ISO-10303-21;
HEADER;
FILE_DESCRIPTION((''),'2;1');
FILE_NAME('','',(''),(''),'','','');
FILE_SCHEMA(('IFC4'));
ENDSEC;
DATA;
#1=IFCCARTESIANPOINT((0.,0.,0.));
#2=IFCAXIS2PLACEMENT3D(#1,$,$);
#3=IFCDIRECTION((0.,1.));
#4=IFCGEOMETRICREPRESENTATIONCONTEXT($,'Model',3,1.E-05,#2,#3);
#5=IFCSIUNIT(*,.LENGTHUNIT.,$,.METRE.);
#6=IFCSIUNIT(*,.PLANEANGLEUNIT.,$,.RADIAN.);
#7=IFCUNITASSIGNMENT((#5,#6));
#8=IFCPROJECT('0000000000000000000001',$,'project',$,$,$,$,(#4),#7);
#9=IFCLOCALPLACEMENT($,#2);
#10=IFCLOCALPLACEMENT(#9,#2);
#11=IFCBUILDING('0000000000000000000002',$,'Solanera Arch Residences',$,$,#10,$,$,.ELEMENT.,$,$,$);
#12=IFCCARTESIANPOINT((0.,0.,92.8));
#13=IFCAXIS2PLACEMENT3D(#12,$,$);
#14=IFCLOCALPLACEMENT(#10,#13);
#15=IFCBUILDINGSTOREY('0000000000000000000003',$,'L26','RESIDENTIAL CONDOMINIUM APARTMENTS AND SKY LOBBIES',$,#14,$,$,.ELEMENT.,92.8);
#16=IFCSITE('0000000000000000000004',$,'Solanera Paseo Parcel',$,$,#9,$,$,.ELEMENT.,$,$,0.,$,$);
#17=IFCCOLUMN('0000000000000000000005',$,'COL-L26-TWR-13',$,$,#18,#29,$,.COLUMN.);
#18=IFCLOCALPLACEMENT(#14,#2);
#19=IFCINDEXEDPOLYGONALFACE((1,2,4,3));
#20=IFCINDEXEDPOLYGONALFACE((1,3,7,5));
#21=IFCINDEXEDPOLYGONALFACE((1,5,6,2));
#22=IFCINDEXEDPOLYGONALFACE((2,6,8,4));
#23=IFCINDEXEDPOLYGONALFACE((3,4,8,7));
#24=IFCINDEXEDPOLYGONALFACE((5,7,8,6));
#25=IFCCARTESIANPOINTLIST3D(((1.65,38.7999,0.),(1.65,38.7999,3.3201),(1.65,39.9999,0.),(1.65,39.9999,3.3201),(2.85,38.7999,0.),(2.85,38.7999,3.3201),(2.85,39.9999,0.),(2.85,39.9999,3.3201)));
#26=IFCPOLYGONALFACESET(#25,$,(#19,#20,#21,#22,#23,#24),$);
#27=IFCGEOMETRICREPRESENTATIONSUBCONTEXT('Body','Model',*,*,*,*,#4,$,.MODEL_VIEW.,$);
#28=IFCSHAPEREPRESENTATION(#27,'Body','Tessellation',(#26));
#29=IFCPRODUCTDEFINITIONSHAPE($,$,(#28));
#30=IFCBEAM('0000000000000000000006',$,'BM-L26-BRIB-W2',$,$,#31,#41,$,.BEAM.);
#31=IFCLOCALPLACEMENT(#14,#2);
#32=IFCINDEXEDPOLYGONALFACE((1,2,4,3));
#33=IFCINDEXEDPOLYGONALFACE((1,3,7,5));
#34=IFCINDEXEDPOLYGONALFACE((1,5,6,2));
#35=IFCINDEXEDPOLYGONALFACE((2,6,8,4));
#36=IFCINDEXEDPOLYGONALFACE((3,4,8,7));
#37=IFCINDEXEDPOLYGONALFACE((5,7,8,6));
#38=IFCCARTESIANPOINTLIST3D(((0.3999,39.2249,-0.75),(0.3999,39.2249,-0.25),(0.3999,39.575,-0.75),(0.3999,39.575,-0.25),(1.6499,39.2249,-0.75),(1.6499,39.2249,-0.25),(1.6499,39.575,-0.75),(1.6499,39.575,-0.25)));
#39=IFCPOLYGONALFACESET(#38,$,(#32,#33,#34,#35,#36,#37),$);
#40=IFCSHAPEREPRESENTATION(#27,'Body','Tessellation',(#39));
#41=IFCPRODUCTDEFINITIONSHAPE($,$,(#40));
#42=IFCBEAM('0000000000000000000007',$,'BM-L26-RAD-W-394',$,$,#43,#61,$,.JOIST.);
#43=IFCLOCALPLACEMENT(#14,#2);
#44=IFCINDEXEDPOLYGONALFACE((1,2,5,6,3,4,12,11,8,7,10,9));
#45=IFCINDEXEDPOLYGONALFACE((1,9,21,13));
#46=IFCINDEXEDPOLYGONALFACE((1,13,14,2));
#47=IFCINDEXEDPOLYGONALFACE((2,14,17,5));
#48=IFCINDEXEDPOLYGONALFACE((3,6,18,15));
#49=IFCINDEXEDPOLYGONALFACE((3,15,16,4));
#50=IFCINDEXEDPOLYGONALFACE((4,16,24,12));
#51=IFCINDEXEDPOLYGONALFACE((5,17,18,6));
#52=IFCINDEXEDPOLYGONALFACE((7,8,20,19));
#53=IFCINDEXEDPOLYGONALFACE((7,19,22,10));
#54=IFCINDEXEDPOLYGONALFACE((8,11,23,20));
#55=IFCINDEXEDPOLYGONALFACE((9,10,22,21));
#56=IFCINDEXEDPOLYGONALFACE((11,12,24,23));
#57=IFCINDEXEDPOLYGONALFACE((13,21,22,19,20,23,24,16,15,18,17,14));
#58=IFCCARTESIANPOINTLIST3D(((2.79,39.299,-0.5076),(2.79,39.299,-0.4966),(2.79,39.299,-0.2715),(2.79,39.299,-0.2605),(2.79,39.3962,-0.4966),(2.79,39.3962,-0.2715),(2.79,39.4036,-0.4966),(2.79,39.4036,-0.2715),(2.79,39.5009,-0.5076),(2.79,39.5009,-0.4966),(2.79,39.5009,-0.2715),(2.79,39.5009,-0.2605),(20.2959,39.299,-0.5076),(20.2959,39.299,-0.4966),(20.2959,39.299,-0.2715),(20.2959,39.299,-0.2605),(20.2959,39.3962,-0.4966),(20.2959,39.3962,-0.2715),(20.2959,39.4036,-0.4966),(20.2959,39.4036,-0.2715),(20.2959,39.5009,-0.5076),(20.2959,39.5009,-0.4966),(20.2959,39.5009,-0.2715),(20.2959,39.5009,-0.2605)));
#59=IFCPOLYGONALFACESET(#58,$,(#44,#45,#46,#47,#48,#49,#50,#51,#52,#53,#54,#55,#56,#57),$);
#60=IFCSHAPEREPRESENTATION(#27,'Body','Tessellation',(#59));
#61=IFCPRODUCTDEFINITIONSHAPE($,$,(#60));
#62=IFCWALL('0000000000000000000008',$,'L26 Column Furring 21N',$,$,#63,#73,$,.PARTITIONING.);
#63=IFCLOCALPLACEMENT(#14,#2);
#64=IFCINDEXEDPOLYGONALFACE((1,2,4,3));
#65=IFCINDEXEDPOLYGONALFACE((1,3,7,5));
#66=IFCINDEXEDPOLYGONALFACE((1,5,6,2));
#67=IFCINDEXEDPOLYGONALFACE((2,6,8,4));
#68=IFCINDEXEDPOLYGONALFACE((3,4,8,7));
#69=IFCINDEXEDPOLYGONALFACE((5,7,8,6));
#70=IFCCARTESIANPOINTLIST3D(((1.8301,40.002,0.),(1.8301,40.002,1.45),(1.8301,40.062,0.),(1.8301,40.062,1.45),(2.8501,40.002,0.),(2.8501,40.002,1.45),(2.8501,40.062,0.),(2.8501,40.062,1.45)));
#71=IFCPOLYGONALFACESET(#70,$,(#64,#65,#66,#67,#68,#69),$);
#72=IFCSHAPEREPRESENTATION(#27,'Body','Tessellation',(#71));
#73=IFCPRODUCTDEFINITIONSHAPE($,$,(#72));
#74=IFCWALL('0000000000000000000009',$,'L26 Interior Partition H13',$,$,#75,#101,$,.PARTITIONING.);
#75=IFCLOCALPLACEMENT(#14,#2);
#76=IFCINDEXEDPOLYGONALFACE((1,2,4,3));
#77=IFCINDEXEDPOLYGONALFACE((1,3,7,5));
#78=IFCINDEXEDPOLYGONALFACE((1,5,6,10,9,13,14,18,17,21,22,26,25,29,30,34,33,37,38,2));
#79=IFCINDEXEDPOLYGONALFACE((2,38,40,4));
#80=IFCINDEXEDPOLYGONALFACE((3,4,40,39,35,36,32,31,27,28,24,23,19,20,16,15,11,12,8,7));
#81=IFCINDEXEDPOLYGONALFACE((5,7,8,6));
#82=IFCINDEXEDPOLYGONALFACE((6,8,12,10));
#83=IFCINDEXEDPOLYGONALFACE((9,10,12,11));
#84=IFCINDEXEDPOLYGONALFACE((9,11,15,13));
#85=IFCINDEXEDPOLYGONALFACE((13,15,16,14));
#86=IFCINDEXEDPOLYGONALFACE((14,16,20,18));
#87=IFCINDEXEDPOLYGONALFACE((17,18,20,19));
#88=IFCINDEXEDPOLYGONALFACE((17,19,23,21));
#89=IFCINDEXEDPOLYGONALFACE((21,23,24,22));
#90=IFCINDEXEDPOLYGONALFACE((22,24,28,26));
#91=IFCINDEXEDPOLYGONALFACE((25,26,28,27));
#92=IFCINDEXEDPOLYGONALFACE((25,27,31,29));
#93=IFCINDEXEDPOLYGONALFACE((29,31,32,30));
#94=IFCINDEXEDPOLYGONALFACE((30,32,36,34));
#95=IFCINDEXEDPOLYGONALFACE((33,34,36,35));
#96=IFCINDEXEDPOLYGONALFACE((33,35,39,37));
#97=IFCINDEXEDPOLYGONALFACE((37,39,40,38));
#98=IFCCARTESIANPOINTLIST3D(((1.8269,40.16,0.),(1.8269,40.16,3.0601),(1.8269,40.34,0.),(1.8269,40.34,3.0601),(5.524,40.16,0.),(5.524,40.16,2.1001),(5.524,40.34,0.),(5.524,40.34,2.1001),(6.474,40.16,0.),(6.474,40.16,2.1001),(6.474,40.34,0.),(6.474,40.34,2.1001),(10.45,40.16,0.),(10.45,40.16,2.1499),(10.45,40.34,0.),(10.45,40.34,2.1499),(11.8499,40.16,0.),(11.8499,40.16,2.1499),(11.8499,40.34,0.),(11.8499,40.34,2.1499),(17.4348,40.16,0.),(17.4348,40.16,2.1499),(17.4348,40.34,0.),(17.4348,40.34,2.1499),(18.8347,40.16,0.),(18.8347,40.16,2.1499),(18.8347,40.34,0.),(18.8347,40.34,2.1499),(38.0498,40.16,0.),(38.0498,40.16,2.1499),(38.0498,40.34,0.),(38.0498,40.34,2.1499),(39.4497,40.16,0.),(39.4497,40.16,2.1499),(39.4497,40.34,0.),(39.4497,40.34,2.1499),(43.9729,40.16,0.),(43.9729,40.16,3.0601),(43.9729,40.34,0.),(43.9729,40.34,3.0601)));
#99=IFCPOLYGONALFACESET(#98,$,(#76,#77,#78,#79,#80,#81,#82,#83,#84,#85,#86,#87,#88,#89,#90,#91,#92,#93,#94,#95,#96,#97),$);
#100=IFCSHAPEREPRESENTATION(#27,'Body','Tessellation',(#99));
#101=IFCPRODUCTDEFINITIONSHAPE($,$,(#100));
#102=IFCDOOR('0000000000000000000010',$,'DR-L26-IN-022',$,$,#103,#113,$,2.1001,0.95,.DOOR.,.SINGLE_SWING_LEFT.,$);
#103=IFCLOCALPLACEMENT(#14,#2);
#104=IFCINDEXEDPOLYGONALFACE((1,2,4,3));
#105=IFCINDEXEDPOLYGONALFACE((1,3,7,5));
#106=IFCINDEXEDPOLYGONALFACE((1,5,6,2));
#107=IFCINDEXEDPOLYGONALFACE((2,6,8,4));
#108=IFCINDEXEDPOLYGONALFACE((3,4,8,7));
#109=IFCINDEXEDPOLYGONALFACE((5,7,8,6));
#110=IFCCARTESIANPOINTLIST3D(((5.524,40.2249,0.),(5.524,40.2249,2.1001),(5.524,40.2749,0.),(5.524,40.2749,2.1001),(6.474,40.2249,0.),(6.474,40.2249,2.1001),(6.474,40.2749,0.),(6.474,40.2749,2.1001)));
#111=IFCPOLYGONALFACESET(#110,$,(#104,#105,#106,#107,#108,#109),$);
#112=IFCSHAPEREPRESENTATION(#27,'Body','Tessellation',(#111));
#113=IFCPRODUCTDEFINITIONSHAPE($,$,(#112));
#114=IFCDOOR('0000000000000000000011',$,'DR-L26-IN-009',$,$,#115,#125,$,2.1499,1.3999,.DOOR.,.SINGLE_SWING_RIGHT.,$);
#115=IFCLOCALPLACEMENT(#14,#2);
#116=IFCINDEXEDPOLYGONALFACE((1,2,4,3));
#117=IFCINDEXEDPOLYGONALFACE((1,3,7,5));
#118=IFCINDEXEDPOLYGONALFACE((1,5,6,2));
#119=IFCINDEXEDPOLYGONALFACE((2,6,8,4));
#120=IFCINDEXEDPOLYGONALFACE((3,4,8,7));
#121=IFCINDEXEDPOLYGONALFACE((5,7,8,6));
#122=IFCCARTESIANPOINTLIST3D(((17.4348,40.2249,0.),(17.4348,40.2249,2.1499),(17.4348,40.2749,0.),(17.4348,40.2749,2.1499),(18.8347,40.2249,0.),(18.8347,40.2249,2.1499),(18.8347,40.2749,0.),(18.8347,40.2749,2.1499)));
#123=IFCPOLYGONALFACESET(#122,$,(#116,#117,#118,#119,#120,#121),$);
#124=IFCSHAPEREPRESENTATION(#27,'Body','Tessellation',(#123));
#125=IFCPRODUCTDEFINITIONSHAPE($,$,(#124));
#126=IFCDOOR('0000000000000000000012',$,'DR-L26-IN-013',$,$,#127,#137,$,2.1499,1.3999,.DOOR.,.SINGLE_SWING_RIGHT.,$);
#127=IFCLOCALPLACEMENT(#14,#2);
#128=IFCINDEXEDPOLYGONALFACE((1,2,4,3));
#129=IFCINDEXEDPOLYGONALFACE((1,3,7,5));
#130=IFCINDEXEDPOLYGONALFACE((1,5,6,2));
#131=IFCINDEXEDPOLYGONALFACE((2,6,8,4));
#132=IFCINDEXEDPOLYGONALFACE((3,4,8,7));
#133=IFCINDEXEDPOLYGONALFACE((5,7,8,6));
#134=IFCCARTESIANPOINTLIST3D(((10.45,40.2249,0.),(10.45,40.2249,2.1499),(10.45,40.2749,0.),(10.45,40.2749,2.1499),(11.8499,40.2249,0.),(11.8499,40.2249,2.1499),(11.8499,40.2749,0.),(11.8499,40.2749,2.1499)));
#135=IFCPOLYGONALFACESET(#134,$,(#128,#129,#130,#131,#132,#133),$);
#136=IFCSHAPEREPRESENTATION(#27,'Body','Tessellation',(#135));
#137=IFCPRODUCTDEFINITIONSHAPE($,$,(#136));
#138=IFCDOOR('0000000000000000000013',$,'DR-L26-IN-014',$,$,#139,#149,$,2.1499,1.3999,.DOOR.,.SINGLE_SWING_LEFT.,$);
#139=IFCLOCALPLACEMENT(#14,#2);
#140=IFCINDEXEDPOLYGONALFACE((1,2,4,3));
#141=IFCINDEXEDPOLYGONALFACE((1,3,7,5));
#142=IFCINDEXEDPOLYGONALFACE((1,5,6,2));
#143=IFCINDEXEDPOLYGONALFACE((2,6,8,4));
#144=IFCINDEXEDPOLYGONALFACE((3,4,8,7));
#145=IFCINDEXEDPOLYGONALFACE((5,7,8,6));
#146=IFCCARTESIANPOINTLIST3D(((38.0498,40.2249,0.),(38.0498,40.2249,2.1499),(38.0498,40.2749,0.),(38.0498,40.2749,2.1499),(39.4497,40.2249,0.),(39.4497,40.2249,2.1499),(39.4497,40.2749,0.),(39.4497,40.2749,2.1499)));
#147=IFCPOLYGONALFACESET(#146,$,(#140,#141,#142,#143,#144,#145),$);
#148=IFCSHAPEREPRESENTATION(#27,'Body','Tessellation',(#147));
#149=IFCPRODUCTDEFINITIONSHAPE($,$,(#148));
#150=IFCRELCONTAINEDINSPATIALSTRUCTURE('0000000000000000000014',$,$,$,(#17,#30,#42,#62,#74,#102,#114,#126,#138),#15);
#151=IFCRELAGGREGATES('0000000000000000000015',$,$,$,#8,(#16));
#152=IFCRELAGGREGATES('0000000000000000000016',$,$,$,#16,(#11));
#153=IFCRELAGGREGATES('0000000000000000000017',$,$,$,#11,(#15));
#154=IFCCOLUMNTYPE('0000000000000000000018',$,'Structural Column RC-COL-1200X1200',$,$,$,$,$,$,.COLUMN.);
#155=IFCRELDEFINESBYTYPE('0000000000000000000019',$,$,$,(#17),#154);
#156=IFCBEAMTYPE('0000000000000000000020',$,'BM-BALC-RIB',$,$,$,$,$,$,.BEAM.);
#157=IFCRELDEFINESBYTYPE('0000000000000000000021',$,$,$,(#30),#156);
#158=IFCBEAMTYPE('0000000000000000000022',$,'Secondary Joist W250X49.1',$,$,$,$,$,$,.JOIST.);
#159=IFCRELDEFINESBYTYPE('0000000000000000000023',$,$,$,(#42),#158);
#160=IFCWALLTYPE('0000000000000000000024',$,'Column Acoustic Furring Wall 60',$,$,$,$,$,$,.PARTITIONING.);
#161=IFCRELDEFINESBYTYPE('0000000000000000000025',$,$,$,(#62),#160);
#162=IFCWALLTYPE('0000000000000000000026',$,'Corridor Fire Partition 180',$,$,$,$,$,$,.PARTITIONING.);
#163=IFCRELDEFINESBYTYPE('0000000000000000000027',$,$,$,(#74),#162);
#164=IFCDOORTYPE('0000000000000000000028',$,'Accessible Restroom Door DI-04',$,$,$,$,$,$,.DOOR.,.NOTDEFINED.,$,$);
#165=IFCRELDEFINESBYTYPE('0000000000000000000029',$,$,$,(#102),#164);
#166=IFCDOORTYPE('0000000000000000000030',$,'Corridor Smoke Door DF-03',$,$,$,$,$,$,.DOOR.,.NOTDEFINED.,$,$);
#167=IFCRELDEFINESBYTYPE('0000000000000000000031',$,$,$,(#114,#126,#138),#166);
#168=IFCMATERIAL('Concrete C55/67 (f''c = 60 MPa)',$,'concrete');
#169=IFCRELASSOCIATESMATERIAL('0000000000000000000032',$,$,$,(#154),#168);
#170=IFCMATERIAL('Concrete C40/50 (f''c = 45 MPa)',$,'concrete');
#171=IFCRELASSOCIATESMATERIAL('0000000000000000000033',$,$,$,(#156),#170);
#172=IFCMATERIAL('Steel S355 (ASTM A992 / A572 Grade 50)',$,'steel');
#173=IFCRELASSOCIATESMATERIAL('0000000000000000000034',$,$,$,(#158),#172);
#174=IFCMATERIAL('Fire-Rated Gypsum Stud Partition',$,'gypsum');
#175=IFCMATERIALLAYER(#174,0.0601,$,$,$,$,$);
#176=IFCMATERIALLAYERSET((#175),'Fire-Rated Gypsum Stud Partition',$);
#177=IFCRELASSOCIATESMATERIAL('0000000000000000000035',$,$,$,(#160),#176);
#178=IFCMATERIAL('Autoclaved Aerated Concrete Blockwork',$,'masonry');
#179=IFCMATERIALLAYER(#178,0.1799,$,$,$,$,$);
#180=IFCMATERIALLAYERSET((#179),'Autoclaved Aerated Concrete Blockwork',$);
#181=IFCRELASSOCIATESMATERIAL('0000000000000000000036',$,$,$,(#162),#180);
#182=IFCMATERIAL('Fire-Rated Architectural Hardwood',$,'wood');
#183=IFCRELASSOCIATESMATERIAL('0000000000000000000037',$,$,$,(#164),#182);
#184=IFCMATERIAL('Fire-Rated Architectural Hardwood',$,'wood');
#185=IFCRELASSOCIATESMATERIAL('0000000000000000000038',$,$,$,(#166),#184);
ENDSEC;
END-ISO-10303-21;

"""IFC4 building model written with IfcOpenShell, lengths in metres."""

from ifc_helpers import new_model, si_unit, direction, frame, frame_2d, origin, origin_2d, place, context, subcontext, project, spatial, rectangle, i_section, extrude, material, layer, layer_set, material_profile, profile_set, type_object, element, fill, save


model = new_model("IFC4")

# Units and contexts
model_context = context("Model", 3, precision=1e-05, world=origin(), true_north=direction((0.0, 1.0)))
body_context = subcontext(model_context, "Body", "Model", "MODEL_VIEW")
ifc_project = project(units=[si_unit("LENGTHUNIT", "METRE"), si_unit("PLANEANGLEUNIT", "RADIAN")], contexts=[model_context])

# Site, building, storey
site_placement = place(None, origin())
site = spatial("IfcSite", under=ifc_project, at=site_placement, Name="Solanera Paseo Parcel", CompositionType="ELEMENT", RefElevation=0.0)
building_placement = place(site_placement, origin())
building = spatial("IfcBuilding", under=site, at=building_placement, Name="Solanera Arch Residences", CompositionType="ELEMENT")
storey_placement = place(building_placement, frame((0.0, 0.0, 92.8)))
storey = spatial("IfcBuildingStorey", under=building, at=storey_placement, Name="L26", Description="RESIDENTIAL CONDOMINIUM APARTMENTS AND SKY LOBBIES", CompositionType="ELEMENT", Elevation=92.8)

# Column
ifc_material_1 = material(Name="Concrete C55/67 (f'c = 60 MPa)", Category="concrete")
ifc_material_profile_1 = material_profile(ifc_material_1, rectangle(XDim=1.2, YDim=1.2, at=origin_2d()))
ifc_profile_set_1 = profile_set([ifc_material_profile_1], Name="Concrete C55/67 (f'c = 60 MPa)")
column_type = type_object("IfcColumnType", Name="Structural Column RC-COL-1200X1200", PredefinedType="COLUMN", material=ifc_profile_set_1)
column_placement = place(storey_placement, frame((2.25, 39.3999, 0.0), z_axis=(0.0, 0.0, 1.0), x_axis=(1.0, 0.0, 0.0)))
element("IfcColumn", 1, at=column_placement, inside=storey, type_object=column_type, Name="COL-L26-TWR-13", PredefinedType="COLUMN", context=body_context, shape_type="SweptSolid", body=[
    extrude(rectangle(XDim=1.2, YDim=1.2, at=origin_2d()), origin(), (0.0, 0.0, 1.0), 3.3201),
])

# Beams
ifc_material_2 = material(Name="Concrete C40/50 (f'c = 45 MPa)", Category="concrete")
ifc_material_profile_2 = material_profile(ifc_material_2, rectangle(XDim=0.3501, YDim=0.5, at=origin_2d()))
ifc_profile_set_2 = profile_set([ifc_material_profile_2], Name="Concrete C40/50 (f'c = 45 MPa)")
beam_type_1 = type_object("IfcBeamType", Name="BM-BALC-RIB", PredefinedType="BEAM", material=ifc_profile_set_2)
beam_1_placement = place(storey_placement, frame((0.3999, 39.3999, -0.5), z_axis=(1.0, 0.0, 0.0), x_axis=(0.0, 1.0, 0.0)))
element("IfcBeam", 2, at=beam_1_placement, inside=storey, type_object=beam_type_1, Name="BM-L26-BRIB-W2", PredefinedType="BEAM", context=body_context, shape_type="SweptSolid", body=[
    extrude(rectangle(XDim=0.3501, YDim=0.5, at=origin_2d()), origin(), (0.0, 0.0, 1.0), 1.25),
])
ifc_material_3 = material(Name="Steel S355 (ASTM A992 / A572 Grade 50)", Category="steel")
ifc_material_profile_3 = material_profile(ifc_material_3, i_section(OverallWidth=0.2019, OverallDepth=0.2471, WebThickness=0.0073, FlangeThickness=0.011, at=origin_2d()))
ifc_profile_set_3 = profile_set([ifc_material_profile_3], Name="Steel S355 (ASTM A992 / A572 Grade 50)")
beam_type_2 = type_object("IfcBeamType", Name="Secondary Joist W250X49.1", PredefinedType="JOIST", material=ifc_profile_set_3)
beam_2_placement = place(storey_placement, frame((2.79, 39.3999, -0.384), z_axis=(1.0, 0.0, 0.0), x_axis=(0.0, 1.0, 0.0)))
element("IfcBeam", 3, at=beam_2_placement, inside=storey, type_object=beam_type_2, Name="BM-L26-RAD-W-394", PredefinedType="JOIST", context=body_context, shape_type="SweptSolid", body=[
    extrude(i_section(OverallWidth=0.2019, OverallDepth=0.2471, WebThickness=0.0073, FlangeThickness=0.011, at=origin_2d()), origin(), (0.0, 0.0, 1.0), 17.5059),
])

# Wall
ifc_material_4 = material(Name="Fire-Rated Gypsum Stud Partition", Category="gypsum")
ifc_layer_1 = layer(ifc_material_4, 0.0601)
ifc_layer_set_1 = layer_set([ifc_layer_1], Name="Fire-Rated Gypsum Stud Partition")
wall_type_1 = type_object("IfcWallType", Name="Column Acoustic Furring Wall 60", PredefinedType="PARTITIONING", material=ifc_layer_set_1)
wall_1_placement = place(storey_placement, frame((1.8301, 40.032, 0.0), z_axis=(0.0, 0.0, 1.0), x_axis=(1.0, 0.0, 0.0)))
element("IfcWall", 4, at=wall_1_placement, inside=storey, type_object=wall_type_1, Name="L26 Column Furring 21N", PredefinedType="PARTITIONING", context=body_context, shape_type="SweptSolid", body=[
    extrude(rectangle(XDim=1.02, YDim=0.0601, at=frame_2d((0.51, 0.0))), origin(), (0.0, 0.0, 1.0), 1.45),
])

# Wall, openings, doors
ifc_material_5 = material(Name="Autoclaved Aerated Concrete Blockwork", Category="masonry")
ifc_layer_2 = layer(ifc_material_5, 0.1799)
ifc_layer_set_2 = layer_set([ifc_layer_2], Name="Autoclaved Aerated Concrete Blockwork")
wall_type_2 = type_object("IfcWallType", Name="Corridor Fire Partition 180", PredefinedType="PARTITIONING", material=ifc_layer_set_2)
wall_2_placement = place(storey_placement, frame((1.8269, 40.25, 0.0), z_axis=(0.0, 0.0, 1.0), x_axis=(1.0, 0.0, 0.0)))
wall_2 = element("IfcWall", 5, at=wall_2_placement, inside=storey, type_object=wall_type_2, Name="L26 Interior Partition H13", PredefinedType="PARTITIONING", context=body_context, shape_type="SweptSolid", body=[
    extrude(rectangle(XDim=42.146, YDim=0.1799, at=frame_2d((21.073, 0.0))), origin(), (0.0, 0.0, 1.0), 3.0601),
])
opening_1_placement = place(wall_2_placement, frame((15.6079, 0.0, 0.0)))
opening_1 = element("IfcOpeningElement", 6, at=opening_1_placement, cuts=wall_2, PredefinedType="OPENING", context=body_context, shape_type="SweptSolid", body=[
    extrude(rectangle(XDim=1.3999, YDim=2.1499, at=frame_2d((0.7, 1.075))), frame((0.0, 0.1001, 0.0), z_axis=(0.0, -1.0, 0.0), x_axis=(1.0, 0.0, 0.0)), (0.0, 0.0, 1.0), 0.1999),
])
opening_2_placement = place(wall_2_placement, frame((8.623, 0.0, 0.0)))
opening_2 = element("IfcOpeningElement", 7, at=opening_2_placement, cuts=wall_2, PredefinedType="OPENING", context=body_context, shape_type="SweptSolid", body=[
    extrude(rectangle(XDim=1.3999, YDim=2.1499, at=frame_2d((0.7, 1.075))), frame((0.0, 0.1001, 0.0), z_axis=(0.0, -1.0, 0.0), x_axis=(1.0, 0.0, 0.0)), (0.0, 0.0, 1.0), 0.1999),
])
opening_3_placement = place(wall_2_placement, frame((36.2229, 0.0, 0.0)))
opening_3 = element("IfcOpeningElement", 8, at=opening_3_placement, cuts=wall_2, PredefinedType="OPENING", context=body_context, shape_type="SweptSolid", body=[
    extrude(rectangle(XDim=1.3999, YDim=2.1499, at=frame_2d((0.7, 1.075))), frame((0.0, 0.1001, 0.0), z_axis=(0.0, -1.0, 0.0), x_axis=(1.0, 0.0, 0.0)), (0.0, 0.0, 1.0), 0.1999),
])
opening_4_placement = place(wall_2_placement, frame((3.697, 0.0, 0.0)))
opening_4 = element("IfcOpeningElement", 9, at=opening_4_placement, cuts=wall_2, PredefinedType="OPENING", context=body_context, shape_type="SweptSolid", body=[
    extrude(rectangle(XDim=0.95, YDim=2.1001, at=frame_2d((0.4751, 1.05))), frame((0.0, 0.1001, 0.0), z_axis=(0.0, -1.0, 0.0), x_axis=(1.0, 0.0, 0.0)), (0.0, 0.0, 1.0), 0.1999),
])
ifc_material_6 = material(Name="Fire-Rated Architectural Hardwood", Category="wood")
door_type_1 = type_object("IfcDoorType", Name="Accessible Restroom Door DI-04", OperationType="NOTDEFINED", PredefinedType="DOOR", material=ifc_material_6)
door_1_placement = place(opening_4_placement, origin())
door_1 = element("IfcDoor", 10, at=door_1_placement, inside=storey, type_object=door_type_1, Name="DR-L26-IN-022", OperationType="SINGLE_SWING_LEFT", OverallHeight=2.1001, OverallWidth=0.95, PredefinedType="DOOR", context=body_context, shape_type="SweptSolid", body=[
    extrude(rectangle(XDim=0.95, YDim=2.1001, at=frame_2d((0.4751, 1.05))), frame((0.0, 0.0249, 0.0), z_axis=(0.0, -1.0, 0.0), x_axis=(1.0, 0.0, 0.0)), (0.0, 0.0, 1.0), 0.05),
])
fill(opening_4, door_1)
ifc_material_7 = material(Name="Fire-Rated Architectural Hardwood", Category="wood")
door_type_2 = type_object("IfcDoorType", Name="Corridor Smoke Door DF-03", OperationType="NOTDEFINED", PredefinedType="DOOR", material=ifc_material_7)
door_2_placement = place(opening_1_placement, origin())
door_2 = element("IfcDoor", 11, at=door_2_placement, inside=storey, type_object=door_type_2, Name="DR-L26-IN-009", OperationType="SINGLE_SWING_RIGHT", OverallHeight=2.1499, OverallWidth=1.3999, PredefinedType="DOOR", context=body_context, shape_type="SweptSolid", body=[
    extrude(rectangle(XDim=1.3999, YDim=2.1499, at=frame_2d((0.7, 1.075))), frame((0.0, 0.0249, 0.0), z_axis=(0.0, -1.0, 0.0), x_axis=(1.0, 0.0, 0.0)), (0.0, 0.0, 1.0), 0.05),
])
fill(opening_1, door_2)
door_3_placement = place(opening_2_placement, origin())
door_3 = element("IfcDoor", 12, at=door_3_placement, inside=storey, type_object=door_type_2, Name="DR-L26-IN-013", OperationType="SINGLE_SWING_RIGHT", OverallHeight=2.1499, OverallWidth=1.3999, PredefinedType="DOOR", context=body_context, shape_type="SweptSolid", body=[
    extrude(rectangle(XDim=1.3999, YDim=2.1499, at=frame_2d((0.7, 1.075))), frame((0.0, 0.0249, 0.0), z_axis=(0.0, -1.0, 0.0), x_axis=(1.0, 0.0, 0.0)), (0.0, 0.0, 1.0), 0.05),
])
fill(opening_2, door_3)
door_4_placement = place(opening_3_placement, origin())
door_4 = element("IfcDoor", 13, at=door_4_placement, inside=storey, type_object=door_type_2, Name="DR-L26-IN-014", OperationType="SINGLE_SWING_LEFT", OverallHeight=2.1499, OverallWidth=1.3999, PredefinedType="DOOR", context=body_context, shape_type="SweptSolid", body=[
    extrude(rectangle(XDim=1.3999, YDim=2.1499, at=frame_2d((0.7, 1.075))), frame((0.0, 0.0249, 0.0), z_axis=(0.0, -1.0, 0.0), x_axis=(1.0, 0.0, 0.0)), (0.0, 0.0, 1.0), 0.05),
])
fill(opening_3, door_4)

save(model, "model.ifc")
